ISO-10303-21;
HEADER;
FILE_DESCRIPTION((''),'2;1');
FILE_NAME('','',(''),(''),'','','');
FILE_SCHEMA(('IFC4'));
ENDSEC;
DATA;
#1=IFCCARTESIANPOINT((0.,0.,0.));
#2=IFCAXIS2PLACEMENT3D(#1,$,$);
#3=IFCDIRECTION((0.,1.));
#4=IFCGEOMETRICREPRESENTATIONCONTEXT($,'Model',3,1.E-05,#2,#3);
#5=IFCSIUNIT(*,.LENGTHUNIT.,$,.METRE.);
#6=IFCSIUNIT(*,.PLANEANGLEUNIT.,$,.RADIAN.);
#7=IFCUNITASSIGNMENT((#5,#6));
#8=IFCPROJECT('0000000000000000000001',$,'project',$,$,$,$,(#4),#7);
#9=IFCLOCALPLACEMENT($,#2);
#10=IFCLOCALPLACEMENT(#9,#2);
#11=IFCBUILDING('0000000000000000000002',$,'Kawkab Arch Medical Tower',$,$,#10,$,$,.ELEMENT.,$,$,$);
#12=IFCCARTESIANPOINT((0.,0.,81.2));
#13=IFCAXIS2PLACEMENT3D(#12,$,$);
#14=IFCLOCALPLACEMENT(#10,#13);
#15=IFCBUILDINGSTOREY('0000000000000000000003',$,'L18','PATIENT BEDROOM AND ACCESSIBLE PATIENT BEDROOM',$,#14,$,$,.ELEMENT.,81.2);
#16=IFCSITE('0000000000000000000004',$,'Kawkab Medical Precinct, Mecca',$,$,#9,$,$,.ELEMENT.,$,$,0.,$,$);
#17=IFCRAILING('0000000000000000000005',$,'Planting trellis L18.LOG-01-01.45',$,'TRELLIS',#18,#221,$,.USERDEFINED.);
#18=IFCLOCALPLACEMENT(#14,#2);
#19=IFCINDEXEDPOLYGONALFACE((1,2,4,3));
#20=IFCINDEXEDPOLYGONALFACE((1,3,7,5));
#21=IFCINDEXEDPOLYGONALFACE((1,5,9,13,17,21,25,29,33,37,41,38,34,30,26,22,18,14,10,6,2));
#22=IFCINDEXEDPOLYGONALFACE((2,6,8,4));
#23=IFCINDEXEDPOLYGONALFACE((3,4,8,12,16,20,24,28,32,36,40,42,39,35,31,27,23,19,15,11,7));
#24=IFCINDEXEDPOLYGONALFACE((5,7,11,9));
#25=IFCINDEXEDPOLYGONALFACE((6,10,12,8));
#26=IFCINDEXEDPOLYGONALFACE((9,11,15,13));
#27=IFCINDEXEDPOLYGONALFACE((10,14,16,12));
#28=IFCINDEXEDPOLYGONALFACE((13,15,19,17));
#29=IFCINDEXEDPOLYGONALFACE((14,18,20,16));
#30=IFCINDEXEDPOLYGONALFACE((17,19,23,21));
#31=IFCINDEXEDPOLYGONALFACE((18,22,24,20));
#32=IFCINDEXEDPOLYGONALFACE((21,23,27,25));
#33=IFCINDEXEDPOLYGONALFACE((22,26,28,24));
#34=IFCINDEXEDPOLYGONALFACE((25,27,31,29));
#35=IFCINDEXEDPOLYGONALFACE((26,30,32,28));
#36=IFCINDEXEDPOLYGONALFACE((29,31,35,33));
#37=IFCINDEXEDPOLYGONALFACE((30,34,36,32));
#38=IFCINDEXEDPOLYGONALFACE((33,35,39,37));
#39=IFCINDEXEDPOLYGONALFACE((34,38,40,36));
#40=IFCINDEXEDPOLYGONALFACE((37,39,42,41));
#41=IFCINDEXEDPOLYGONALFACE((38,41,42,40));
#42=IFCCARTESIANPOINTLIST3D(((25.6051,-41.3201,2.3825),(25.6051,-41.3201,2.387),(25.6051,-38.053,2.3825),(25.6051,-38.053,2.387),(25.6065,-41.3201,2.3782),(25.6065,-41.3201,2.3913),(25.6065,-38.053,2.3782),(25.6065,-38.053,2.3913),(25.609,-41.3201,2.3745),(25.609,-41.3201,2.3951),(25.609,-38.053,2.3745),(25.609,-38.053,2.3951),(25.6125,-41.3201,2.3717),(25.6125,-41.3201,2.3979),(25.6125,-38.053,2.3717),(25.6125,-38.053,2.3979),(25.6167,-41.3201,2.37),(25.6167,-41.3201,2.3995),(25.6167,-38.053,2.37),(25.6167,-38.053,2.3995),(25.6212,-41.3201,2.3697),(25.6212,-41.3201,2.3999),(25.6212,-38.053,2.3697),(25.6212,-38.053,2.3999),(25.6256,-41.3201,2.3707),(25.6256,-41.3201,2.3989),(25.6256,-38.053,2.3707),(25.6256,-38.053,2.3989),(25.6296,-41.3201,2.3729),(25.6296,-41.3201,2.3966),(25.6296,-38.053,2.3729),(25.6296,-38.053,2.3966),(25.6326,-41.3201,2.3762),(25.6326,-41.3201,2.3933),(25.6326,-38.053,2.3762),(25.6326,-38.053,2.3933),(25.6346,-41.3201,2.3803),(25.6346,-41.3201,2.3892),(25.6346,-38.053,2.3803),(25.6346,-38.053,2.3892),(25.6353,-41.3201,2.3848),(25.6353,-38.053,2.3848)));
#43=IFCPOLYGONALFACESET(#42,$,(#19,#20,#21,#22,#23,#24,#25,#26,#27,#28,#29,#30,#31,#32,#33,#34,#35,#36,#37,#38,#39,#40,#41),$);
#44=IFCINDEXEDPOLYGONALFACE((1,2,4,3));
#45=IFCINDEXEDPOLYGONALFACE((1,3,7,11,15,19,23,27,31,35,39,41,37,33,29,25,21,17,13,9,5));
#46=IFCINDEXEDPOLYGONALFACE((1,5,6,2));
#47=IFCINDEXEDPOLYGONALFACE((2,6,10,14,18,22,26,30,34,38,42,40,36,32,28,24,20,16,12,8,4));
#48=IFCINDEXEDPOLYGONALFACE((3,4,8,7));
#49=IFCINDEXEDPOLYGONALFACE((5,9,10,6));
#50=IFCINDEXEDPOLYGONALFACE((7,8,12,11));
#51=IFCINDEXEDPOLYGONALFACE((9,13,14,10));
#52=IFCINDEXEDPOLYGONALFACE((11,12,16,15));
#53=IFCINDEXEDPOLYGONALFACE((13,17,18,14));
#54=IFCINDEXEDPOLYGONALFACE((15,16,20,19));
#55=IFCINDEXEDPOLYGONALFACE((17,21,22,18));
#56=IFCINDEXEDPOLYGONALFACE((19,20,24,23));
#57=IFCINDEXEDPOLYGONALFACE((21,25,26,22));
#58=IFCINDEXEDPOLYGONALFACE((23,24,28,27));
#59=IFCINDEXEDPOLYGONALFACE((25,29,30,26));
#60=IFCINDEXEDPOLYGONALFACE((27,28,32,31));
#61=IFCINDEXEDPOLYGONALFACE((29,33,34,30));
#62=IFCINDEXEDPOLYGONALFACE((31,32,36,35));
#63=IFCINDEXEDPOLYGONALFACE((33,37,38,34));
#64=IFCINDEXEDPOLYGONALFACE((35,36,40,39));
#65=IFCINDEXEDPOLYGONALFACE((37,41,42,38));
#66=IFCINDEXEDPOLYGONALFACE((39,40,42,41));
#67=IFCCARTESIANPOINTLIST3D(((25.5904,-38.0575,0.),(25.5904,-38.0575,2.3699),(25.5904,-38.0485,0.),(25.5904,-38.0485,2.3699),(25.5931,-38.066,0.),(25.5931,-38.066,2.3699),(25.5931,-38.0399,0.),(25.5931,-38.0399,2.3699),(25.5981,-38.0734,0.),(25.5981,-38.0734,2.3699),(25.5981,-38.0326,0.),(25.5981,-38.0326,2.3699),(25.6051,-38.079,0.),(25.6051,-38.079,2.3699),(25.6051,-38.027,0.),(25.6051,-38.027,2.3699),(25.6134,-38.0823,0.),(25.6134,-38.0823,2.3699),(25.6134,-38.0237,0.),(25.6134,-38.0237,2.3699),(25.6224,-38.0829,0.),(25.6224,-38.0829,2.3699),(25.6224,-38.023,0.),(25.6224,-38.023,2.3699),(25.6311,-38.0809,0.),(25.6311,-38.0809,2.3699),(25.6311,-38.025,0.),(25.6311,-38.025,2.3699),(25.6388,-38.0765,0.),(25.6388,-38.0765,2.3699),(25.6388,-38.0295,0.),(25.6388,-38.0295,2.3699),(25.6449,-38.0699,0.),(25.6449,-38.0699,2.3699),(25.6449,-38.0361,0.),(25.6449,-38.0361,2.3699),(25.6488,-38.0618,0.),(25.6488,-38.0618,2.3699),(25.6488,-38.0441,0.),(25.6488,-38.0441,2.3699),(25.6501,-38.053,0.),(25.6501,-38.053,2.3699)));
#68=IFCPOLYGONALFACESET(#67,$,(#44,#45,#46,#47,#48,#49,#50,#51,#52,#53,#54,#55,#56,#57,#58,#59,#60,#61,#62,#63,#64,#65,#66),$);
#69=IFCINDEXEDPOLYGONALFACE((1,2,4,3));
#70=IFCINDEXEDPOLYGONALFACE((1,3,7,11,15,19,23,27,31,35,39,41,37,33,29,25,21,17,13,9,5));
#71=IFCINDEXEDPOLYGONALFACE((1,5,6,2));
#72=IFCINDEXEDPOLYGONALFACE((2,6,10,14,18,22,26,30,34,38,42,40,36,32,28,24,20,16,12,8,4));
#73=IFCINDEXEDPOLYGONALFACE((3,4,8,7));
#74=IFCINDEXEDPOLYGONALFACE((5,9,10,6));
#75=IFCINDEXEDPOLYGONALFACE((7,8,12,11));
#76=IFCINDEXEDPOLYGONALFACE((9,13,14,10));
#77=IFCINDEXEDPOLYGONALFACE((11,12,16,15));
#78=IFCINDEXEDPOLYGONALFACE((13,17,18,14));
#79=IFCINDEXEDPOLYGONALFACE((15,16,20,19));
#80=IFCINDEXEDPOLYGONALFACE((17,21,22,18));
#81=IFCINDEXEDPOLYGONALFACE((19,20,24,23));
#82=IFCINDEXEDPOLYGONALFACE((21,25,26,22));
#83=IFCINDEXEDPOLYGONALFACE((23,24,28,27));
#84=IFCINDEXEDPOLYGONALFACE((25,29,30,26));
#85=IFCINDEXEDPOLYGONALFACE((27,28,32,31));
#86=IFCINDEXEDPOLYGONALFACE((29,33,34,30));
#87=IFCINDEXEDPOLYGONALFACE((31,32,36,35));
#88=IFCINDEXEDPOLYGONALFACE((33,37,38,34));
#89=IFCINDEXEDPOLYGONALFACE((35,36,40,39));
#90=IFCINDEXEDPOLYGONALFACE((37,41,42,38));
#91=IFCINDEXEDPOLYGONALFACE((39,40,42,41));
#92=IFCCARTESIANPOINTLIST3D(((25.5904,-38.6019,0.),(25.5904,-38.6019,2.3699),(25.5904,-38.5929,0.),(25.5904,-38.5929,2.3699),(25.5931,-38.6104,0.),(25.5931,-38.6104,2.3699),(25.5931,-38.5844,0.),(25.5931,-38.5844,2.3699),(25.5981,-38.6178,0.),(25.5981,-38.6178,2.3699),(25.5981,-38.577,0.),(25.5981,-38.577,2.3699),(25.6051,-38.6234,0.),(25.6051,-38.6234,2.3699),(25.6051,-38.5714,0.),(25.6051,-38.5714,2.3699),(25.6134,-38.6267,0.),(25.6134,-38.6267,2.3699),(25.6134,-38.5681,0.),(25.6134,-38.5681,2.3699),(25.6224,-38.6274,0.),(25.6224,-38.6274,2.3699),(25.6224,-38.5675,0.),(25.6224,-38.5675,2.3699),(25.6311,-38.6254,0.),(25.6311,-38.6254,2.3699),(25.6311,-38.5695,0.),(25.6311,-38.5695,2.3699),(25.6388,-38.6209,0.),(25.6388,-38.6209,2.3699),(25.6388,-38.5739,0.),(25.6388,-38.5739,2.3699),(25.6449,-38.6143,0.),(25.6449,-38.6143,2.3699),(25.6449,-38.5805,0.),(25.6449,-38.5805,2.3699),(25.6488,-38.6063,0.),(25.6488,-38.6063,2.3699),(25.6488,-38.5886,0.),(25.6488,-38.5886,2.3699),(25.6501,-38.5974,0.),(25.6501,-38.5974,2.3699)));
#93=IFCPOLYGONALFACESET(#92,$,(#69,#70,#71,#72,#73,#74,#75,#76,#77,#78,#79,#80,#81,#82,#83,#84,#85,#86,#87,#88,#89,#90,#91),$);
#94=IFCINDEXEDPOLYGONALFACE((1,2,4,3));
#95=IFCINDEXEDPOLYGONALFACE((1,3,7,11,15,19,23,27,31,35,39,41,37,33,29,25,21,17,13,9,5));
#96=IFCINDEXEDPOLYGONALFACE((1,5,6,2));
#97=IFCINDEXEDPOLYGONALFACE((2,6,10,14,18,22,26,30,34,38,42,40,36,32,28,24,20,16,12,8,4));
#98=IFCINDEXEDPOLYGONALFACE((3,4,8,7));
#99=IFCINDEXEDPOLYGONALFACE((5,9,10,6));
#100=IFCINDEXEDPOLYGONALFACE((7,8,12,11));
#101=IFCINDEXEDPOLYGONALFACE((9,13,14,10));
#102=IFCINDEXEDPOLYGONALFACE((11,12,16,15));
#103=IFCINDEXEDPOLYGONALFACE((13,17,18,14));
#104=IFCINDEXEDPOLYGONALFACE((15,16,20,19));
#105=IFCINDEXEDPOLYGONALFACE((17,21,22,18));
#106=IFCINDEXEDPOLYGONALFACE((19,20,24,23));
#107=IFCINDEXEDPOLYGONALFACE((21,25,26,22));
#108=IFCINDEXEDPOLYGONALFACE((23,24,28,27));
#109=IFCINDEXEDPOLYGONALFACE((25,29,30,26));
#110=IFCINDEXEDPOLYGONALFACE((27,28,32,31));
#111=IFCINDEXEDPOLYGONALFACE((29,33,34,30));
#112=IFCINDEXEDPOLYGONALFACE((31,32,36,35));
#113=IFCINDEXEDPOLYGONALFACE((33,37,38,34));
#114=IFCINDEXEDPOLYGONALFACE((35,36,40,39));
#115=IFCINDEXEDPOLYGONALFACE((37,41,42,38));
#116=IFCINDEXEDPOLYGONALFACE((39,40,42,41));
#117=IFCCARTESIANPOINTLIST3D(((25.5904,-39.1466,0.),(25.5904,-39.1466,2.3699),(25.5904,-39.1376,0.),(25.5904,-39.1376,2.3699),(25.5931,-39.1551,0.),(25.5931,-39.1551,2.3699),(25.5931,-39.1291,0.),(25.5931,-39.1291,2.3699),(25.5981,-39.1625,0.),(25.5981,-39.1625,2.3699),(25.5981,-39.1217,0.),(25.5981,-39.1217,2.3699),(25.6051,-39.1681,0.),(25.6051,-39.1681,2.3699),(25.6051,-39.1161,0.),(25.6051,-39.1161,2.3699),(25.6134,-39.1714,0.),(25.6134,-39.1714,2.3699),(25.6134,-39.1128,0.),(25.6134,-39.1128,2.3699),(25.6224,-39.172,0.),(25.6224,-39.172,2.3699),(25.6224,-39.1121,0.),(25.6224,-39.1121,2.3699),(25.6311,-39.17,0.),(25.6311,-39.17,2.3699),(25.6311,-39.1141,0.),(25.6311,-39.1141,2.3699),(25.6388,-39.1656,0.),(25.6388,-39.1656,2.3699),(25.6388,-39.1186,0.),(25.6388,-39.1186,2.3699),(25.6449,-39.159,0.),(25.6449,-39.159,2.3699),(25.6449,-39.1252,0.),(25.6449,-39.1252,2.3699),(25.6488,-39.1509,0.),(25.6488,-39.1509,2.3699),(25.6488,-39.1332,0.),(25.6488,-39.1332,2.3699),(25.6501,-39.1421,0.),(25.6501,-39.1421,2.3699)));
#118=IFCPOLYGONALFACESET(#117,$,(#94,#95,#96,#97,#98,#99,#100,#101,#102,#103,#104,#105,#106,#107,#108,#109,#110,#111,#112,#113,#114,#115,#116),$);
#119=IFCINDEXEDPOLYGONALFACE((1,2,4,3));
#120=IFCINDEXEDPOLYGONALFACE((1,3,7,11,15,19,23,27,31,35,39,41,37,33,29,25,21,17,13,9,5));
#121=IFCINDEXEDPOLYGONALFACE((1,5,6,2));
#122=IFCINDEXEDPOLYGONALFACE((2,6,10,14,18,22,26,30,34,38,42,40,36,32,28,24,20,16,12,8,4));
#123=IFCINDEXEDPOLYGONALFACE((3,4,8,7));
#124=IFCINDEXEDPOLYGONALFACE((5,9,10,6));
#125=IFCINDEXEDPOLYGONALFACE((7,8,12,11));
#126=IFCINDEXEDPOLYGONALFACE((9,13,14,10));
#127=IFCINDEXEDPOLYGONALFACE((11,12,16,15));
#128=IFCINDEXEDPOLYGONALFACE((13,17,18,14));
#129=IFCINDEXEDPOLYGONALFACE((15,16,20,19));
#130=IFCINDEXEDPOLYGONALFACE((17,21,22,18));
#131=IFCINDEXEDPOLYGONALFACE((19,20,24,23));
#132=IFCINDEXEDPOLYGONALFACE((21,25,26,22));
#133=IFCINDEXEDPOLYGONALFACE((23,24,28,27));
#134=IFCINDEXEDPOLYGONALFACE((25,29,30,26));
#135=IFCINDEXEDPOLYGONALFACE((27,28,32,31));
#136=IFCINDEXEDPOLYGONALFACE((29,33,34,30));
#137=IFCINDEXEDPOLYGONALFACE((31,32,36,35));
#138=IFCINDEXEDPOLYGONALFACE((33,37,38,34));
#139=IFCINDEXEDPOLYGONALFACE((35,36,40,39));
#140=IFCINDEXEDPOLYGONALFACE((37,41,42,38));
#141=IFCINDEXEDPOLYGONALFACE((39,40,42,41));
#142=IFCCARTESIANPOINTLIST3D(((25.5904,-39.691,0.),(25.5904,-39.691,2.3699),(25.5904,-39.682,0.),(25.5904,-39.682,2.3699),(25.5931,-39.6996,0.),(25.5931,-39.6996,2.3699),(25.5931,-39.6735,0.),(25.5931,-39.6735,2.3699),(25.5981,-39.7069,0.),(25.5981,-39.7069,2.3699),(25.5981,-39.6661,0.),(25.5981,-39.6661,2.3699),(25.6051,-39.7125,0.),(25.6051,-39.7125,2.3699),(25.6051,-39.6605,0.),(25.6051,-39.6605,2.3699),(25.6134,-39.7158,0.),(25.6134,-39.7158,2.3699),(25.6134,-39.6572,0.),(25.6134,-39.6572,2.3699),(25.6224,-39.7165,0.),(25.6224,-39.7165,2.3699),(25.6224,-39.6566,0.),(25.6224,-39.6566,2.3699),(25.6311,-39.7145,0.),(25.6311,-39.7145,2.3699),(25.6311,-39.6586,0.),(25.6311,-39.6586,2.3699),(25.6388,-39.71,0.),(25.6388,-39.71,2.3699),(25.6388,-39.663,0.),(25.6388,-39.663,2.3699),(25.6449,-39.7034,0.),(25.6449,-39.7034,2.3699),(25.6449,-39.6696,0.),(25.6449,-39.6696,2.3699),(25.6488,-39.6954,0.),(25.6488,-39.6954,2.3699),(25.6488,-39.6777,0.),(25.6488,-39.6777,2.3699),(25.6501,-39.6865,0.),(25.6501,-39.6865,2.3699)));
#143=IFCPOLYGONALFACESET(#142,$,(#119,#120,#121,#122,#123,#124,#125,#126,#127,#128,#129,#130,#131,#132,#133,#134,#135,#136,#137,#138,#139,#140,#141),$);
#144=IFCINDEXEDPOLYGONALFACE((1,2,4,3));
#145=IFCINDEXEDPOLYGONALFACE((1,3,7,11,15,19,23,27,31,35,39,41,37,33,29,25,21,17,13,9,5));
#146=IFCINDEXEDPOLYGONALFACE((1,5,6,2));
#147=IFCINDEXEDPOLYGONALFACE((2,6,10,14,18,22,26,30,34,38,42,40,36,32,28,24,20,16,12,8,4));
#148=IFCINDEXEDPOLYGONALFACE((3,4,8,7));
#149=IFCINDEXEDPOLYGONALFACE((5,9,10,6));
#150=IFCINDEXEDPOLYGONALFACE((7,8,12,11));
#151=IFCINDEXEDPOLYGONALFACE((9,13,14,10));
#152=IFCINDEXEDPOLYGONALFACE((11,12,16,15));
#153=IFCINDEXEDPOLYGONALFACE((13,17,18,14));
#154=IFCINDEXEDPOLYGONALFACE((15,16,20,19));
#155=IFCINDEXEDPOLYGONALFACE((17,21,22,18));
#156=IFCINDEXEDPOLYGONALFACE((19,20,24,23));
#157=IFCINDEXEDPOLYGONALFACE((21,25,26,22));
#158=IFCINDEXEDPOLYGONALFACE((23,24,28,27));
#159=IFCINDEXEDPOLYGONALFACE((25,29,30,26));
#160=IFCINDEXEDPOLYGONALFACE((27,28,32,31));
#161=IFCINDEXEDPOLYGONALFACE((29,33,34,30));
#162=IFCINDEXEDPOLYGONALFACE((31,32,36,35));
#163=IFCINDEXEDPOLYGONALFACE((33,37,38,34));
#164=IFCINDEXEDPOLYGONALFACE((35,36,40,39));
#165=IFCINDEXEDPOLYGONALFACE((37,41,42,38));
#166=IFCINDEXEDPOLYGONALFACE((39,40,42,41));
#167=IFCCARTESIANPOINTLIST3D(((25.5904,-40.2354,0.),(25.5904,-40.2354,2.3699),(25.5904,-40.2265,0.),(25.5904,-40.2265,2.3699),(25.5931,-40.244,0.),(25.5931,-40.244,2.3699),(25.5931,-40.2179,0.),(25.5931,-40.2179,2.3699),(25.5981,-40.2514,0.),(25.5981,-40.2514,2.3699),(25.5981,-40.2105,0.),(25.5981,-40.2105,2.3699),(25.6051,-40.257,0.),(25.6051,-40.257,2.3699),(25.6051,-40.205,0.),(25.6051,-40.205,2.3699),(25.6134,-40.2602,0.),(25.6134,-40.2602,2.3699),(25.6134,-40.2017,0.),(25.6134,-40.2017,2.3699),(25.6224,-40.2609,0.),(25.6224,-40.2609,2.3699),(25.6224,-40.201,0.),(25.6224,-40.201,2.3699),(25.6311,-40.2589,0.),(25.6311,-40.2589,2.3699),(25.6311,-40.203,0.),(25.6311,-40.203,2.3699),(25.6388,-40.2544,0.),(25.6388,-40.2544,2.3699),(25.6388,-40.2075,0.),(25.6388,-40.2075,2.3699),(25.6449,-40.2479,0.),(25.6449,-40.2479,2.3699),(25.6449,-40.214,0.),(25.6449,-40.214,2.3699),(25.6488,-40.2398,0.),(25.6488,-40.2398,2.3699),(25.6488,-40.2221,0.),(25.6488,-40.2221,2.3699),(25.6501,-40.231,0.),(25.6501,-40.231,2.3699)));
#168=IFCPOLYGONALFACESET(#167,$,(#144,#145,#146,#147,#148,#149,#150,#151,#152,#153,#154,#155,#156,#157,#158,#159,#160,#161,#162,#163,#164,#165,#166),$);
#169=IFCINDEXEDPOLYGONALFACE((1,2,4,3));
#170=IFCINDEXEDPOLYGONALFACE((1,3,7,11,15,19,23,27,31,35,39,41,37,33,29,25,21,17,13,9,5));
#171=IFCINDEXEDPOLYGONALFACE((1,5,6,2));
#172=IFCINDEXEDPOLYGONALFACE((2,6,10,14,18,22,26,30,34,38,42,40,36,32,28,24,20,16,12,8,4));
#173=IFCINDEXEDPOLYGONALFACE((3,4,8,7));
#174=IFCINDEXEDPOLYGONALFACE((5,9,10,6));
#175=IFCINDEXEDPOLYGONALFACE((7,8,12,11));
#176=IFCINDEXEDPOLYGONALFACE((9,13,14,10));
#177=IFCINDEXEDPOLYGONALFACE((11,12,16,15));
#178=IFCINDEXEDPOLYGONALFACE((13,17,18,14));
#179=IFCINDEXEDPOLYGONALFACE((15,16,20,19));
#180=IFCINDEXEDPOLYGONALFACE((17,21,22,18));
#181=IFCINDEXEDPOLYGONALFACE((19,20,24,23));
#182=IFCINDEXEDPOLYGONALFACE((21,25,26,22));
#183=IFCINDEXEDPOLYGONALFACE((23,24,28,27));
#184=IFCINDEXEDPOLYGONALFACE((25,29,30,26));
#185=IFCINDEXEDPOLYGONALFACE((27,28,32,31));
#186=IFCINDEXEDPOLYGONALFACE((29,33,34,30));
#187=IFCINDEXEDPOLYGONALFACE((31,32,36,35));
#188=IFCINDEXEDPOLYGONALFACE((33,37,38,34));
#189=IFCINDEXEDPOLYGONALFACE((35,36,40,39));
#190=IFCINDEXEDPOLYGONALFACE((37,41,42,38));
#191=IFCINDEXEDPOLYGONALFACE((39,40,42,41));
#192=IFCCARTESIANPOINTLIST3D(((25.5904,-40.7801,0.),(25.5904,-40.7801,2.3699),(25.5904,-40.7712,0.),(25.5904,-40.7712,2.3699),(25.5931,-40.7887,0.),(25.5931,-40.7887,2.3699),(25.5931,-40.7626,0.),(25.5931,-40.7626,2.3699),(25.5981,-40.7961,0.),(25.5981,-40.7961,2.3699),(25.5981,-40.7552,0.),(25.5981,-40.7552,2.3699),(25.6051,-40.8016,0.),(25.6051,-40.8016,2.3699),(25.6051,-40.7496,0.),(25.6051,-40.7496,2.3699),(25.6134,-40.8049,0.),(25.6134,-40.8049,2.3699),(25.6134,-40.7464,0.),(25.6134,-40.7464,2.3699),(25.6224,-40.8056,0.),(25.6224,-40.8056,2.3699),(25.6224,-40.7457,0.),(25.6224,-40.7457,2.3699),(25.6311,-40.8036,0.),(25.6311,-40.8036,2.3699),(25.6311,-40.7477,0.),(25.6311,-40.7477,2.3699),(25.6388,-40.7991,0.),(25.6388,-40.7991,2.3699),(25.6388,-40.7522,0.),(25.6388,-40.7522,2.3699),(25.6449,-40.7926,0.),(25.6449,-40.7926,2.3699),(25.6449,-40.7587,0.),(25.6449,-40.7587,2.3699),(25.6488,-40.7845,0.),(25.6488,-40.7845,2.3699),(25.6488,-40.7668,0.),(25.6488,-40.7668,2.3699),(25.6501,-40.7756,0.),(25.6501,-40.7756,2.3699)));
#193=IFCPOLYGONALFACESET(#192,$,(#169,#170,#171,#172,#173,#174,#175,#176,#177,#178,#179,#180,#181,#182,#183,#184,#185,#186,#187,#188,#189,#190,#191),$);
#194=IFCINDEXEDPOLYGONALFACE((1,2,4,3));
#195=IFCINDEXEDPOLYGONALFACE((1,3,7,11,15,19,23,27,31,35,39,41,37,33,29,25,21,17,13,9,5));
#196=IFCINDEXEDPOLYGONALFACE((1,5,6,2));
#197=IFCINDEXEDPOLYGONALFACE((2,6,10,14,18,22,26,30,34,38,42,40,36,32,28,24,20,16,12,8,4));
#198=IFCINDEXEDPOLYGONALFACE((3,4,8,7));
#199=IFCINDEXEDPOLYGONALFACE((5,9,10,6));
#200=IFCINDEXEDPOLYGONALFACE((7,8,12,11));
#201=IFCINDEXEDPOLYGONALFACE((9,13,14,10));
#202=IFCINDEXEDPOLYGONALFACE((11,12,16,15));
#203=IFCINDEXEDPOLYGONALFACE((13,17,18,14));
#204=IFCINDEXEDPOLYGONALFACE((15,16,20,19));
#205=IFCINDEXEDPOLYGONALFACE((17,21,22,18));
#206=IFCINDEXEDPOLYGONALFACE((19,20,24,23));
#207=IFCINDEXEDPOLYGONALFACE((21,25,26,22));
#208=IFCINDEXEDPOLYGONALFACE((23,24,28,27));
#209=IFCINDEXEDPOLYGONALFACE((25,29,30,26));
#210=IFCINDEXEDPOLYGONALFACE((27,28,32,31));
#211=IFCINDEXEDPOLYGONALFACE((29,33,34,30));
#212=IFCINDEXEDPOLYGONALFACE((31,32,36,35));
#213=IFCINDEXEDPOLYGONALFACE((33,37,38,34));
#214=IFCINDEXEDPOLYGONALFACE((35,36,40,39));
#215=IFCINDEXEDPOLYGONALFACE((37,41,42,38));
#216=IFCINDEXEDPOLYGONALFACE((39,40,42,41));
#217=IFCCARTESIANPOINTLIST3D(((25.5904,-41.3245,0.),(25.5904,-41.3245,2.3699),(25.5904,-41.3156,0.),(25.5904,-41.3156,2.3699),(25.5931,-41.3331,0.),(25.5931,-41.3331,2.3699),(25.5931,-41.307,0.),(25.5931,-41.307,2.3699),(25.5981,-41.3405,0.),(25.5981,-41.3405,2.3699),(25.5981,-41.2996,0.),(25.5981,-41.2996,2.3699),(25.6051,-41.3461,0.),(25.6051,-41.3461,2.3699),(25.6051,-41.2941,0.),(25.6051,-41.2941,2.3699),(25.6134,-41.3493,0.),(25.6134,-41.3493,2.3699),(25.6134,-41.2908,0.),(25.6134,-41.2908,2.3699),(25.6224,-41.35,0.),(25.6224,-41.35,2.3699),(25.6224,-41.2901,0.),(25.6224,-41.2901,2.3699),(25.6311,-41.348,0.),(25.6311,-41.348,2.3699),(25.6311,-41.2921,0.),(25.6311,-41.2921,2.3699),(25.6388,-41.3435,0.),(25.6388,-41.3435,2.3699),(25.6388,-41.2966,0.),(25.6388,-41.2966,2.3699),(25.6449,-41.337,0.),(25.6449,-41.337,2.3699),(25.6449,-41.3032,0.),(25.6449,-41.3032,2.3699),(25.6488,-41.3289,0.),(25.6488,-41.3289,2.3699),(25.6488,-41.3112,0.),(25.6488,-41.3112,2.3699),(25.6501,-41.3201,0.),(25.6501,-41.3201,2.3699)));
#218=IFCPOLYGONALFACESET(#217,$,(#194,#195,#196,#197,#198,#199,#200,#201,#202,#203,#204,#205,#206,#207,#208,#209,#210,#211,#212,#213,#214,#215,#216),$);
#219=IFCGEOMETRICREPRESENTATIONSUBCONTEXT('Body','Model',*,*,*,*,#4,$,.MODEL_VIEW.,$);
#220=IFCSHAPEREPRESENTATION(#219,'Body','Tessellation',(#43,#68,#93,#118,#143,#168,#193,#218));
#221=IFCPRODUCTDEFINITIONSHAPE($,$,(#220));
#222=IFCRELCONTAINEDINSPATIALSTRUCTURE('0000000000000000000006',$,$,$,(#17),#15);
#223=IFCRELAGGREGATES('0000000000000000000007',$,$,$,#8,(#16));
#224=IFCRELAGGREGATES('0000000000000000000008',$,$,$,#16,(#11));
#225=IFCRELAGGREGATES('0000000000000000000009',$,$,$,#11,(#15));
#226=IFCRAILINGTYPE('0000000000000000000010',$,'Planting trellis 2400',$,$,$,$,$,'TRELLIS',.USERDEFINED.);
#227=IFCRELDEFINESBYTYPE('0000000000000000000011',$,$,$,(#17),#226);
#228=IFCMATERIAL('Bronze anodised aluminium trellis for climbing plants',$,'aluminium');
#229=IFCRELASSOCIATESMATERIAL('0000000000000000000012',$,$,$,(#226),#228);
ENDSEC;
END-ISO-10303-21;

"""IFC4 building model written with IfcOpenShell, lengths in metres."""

from ifc_helpers import new_model, si_unit, direction, frame, origin, origin_2d, place, context, subcontext, project, spatial, circle, extrude, material, type_object, element, save


model = new_model("IFC4")

# Units and contexts
model_context = context("Model", 3, precision=1e-05, world=origin(), true_north=direction((0.0, 1.0)))
body_context = subcontext(model_context, "Body", "Model", "MODEL_VIEW")
ifc_project = project(units=[si_unit("LENGTHUNIT", "METRE"), si_unit("PLANEANGLEUNIT", "RADIAN")], contexts=[model_context])

# Site, building, storey
site_placement = place(None, origin())
site = spatial("IfcSite", under=ifc_project, at=site_placement, Name="Kawkab Medical Precinct, Mecca", CompositionType="ELEMENT", RefElevation=0.0)
building_placement = place(site_placement, origin())
building = spatial("IfcBuilding", under=site, at=building_placement, Name="Kawkab Arch Medical Tower", CompositionType="ELEMENT")
storey_placement = place(building_placement, frame((0.0, 0.0, 81.2)))
storey = spatial("IfcBuildingStorey", under=building, at=storey_placement, Name="L18", Description="PATIENT BEDROOM AND ACCESSIBLE PATIENT BEDROOM", CompositionType="ELEMENT", Elevation=81.2)

# Railing
ifc_material_1 = material(Name="Bronze anodised aluminium trellis for climbing plants", Category="aluminium")
railing_type = type_object("IfcRailingType", Name="Planting trellis 2400", ElementType="TRELLIS", PredefinedType="USERDEFINED", material=ifc_material_1)
railing_1_placement = place(storey_placement, frame((25.6201, -38.053, 0.0)))
element("IfcRailing", 1, at=railing_1_placement, inside=storey, type_object=railing_type, Name="Planting trellis L18.LOG-01-01.45", ObjectType="TRELLIS", PredefinedType="USERDEFINED", context=body_context, shape_type="SweptSolid", body=[
    extrude(circle(Radius=0.0151, at=origin_2d()), frame((0.0, 0.0, 2.3848), z_axis=(0.0, -1.0, 0.0), x_axis=(1.0, 0.0, 0.0)), (0.0, 0.0, 1.0), 3.2671),
    extrude(circle(Radius=0.03, at=origin_2d()), origin(), (0.0, 0.0, 1.0), 2.3699),
    extrude(circle(Radius=0.03, at=origin_2d()), frame((0.0, -0.5444, 0.0)), (0.0, 0.0, 1.0), 2.3699),
    extrude(circle(Radius=0.03, at=origin_2d()), frame((0.0, -1.0891, 0.0)), (0.0, 0.0, 1.0), 2.3699),
    extrude(circle(Radius=0.03, at=origin_2d()), frame((0.0, -1.6335, 0.0)), (0.0, 0.0, 1.0), 2.3699),
    extrude(circle(Radius=0.03, at=origin_2d()), frame((0.0, -2.178, 0.0)), (0.0, 0.0, 1.0), 2.3699),
    extrude(circle(Radius=0.03, at=origin_2d()), frame((0.0, -2.7227, 0.0)), (0.0, 0.0, 1.0), 2.3699),
    extrude(circle(Radius=0.03, at=origin_2d()), frame((0.0, -3.2671, 0.0)), (0.0, 0.0, 1.0), 2.3699),
])

save(model, "model.ifc")
